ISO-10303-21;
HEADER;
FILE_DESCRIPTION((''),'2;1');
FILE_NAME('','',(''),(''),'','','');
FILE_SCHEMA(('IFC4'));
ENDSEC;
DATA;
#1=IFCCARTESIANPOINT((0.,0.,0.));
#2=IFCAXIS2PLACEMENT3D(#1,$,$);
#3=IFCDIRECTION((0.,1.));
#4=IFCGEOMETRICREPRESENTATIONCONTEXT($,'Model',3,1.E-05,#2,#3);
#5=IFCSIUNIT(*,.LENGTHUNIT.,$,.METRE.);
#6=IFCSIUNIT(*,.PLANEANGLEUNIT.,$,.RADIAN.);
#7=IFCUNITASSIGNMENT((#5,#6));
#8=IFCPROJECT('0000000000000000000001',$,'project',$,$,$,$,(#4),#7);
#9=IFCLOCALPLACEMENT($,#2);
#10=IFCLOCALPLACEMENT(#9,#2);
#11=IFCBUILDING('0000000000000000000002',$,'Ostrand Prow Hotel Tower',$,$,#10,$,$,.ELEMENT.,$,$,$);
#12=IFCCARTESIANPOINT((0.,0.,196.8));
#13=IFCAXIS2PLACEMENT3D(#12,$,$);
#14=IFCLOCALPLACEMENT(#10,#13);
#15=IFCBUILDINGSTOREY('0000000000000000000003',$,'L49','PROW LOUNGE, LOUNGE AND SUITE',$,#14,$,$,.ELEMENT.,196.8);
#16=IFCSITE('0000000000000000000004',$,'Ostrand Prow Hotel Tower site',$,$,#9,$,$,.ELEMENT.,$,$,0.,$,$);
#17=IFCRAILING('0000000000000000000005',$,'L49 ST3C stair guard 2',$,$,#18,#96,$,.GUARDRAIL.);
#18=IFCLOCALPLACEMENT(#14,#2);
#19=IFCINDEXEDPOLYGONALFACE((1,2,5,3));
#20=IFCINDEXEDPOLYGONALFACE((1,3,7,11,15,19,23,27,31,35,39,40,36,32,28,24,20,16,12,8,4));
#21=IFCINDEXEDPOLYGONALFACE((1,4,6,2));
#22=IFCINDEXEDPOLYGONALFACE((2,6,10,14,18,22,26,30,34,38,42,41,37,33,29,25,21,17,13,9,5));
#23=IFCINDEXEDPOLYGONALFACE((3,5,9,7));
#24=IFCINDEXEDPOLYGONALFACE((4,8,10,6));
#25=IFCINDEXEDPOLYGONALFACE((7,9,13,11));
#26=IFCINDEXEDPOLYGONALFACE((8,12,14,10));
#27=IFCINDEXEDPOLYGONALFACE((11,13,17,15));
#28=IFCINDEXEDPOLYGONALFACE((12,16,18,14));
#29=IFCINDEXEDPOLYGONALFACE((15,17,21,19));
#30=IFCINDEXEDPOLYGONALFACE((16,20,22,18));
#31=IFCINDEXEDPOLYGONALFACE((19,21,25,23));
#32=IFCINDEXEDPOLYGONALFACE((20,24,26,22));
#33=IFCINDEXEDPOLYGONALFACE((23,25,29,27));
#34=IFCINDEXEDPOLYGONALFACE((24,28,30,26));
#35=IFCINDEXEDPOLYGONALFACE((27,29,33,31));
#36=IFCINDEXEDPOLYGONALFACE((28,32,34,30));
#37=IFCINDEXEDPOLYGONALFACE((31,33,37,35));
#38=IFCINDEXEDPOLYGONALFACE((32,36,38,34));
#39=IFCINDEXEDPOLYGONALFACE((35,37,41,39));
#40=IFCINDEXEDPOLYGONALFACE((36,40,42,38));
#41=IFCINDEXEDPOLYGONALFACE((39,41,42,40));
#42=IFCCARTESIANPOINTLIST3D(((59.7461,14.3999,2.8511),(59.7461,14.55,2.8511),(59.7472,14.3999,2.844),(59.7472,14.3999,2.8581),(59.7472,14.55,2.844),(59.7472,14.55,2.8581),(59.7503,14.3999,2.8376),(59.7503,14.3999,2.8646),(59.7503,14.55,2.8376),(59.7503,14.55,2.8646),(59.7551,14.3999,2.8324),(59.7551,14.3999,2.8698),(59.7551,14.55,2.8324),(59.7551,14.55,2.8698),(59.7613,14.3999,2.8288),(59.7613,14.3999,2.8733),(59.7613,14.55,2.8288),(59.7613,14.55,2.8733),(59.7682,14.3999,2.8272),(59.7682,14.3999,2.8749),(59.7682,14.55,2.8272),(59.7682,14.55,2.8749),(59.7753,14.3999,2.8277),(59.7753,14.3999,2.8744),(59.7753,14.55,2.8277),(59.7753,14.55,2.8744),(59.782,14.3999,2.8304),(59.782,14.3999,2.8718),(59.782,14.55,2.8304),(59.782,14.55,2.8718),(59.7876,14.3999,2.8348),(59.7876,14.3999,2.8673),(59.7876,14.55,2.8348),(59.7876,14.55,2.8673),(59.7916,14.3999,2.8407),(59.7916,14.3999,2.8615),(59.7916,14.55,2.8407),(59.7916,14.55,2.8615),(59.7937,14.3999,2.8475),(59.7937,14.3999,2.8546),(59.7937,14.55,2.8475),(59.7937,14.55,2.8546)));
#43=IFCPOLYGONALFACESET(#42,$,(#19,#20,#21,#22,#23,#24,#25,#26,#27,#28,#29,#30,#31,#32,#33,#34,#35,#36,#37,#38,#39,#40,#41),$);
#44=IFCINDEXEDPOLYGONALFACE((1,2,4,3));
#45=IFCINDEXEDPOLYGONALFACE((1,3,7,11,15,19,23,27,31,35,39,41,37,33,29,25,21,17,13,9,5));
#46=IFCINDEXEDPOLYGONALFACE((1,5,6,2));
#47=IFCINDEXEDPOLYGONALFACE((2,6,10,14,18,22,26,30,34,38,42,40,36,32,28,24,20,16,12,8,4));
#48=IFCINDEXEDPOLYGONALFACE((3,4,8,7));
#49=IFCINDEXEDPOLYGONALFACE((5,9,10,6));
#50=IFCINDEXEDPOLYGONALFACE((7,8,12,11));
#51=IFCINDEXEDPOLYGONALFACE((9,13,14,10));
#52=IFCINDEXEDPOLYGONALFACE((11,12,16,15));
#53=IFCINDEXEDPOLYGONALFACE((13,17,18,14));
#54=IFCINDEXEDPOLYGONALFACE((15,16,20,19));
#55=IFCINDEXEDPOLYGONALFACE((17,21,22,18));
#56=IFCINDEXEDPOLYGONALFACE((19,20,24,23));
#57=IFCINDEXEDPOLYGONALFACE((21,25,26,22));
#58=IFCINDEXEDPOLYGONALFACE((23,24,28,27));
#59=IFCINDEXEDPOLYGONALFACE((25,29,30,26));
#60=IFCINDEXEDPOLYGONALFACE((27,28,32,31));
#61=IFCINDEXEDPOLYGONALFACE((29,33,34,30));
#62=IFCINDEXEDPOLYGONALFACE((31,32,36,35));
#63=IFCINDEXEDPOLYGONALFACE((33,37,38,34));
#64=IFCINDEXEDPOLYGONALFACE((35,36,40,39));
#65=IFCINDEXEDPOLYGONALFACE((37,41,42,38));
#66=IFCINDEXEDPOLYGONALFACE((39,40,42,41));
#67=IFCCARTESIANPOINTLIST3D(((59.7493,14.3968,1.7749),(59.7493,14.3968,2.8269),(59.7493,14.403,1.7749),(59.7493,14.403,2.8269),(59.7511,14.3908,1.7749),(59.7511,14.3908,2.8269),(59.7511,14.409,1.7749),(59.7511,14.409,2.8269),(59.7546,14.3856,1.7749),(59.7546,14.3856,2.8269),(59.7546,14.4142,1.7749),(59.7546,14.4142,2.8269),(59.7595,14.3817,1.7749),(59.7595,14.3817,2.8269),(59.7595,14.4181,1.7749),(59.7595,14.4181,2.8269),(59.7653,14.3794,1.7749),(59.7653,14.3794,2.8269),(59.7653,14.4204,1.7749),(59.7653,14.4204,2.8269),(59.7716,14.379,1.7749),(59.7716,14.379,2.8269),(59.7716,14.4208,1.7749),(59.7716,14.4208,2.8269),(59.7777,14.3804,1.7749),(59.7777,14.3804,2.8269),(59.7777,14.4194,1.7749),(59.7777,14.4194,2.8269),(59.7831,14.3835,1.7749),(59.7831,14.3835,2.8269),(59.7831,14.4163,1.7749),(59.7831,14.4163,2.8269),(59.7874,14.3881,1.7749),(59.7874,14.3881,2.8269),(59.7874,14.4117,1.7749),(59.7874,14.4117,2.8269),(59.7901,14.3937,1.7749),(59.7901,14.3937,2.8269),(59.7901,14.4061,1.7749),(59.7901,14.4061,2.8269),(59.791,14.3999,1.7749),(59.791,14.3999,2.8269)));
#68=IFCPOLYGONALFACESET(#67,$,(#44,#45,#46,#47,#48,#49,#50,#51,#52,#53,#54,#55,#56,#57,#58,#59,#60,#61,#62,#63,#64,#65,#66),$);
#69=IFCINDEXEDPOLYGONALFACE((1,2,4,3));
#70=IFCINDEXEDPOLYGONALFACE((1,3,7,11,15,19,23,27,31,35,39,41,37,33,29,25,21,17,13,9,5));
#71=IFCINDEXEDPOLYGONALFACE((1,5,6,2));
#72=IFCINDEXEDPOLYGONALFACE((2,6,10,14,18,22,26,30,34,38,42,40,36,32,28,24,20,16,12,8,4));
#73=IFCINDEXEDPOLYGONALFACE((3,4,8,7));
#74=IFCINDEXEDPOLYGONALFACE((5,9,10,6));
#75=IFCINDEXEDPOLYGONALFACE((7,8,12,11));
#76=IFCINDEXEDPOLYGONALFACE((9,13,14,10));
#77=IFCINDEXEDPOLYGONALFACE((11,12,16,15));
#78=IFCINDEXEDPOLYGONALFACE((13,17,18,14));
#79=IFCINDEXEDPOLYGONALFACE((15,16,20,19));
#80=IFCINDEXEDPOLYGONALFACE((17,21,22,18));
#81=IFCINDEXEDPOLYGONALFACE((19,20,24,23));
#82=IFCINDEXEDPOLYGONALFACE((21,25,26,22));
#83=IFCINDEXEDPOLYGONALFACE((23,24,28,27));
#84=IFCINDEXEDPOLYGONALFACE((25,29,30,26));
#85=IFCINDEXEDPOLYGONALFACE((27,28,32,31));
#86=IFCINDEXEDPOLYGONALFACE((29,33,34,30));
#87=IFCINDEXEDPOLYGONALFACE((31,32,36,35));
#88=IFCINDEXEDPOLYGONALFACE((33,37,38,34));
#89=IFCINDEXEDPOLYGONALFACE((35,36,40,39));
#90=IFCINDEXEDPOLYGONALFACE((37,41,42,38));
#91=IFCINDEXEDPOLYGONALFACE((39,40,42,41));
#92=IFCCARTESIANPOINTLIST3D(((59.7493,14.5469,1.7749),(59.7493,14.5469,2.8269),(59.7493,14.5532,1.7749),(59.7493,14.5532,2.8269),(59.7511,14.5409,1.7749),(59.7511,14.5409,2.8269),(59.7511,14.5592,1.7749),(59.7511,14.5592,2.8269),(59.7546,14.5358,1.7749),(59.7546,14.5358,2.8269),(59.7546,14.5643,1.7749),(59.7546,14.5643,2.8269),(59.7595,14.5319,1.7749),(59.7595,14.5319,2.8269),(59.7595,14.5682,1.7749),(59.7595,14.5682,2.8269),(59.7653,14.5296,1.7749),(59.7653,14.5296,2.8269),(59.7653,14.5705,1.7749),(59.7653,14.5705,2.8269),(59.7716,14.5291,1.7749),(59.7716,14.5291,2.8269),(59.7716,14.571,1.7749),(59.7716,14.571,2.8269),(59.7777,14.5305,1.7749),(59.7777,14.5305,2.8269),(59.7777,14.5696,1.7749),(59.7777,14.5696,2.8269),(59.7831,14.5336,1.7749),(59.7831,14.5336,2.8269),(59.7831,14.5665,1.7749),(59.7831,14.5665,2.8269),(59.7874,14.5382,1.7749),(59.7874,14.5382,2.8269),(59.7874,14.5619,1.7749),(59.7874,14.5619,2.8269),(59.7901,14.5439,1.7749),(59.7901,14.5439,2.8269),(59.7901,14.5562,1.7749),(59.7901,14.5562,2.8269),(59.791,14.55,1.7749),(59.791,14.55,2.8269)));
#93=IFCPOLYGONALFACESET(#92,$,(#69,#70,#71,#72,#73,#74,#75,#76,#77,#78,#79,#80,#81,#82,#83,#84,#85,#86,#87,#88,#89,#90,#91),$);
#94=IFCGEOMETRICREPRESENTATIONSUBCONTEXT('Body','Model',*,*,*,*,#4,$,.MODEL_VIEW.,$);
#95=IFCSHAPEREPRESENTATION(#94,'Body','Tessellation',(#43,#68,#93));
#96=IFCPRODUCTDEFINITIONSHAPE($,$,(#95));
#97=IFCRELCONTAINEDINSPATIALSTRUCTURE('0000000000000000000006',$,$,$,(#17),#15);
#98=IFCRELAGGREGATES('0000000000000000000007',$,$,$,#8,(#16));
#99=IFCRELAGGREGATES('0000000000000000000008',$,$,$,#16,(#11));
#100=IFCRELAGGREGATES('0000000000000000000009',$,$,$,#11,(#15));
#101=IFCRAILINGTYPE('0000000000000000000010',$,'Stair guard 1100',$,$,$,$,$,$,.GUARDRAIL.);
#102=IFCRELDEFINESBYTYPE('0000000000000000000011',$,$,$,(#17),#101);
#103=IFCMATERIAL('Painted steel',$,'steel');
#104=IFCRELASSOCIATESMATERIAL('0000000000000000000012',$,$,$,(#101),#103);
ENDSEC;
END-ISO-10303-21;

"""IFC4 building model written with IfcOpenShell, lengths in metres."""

from ifc_helpers import new_model, si_unit, direction, frame, origin, origin_2d, place, context, subcontext, project, spatial, circle, extrude, material, type_object, element, save


model = new_model("IFC4")

# Units and contexts
model_context = context("Model", 3, precision=1e-05, world=origin(), true_north=direction((0.0, 1.0)))
body_context = subcontext(model_context, "Body", "Model", "MODEL_VIEW")
ifc_project = project(units=[si_unit("LENGTHUNIT", "METRE"), si_unit("PLANEANGLEUNIT", "RADIAN")], contexts=[model_context])

# Site, building, storey
site_placement = place(None, origin())
site = spatial("IfcSite", under=ifc_project, at=site_placement, Name="Ostrand Prow Hotel Tower site", CompositionType="ELEMENT", RefElevation=0.0)
building_placement = place(site_placement, origin())
building = spatial("IfcBuilding", under=site, at=building_placement, Name="Ostrand Prow Hotel Tower", CompositionType="ELEMENT")
storey_placement = place(building_placement, frame((0.0, 0.0, 196.8)))
storey = spatial("IfcBuildingStorey", under=building, at=storey_placement, Name="L49", Description="PROW LOUNGE, LOUNGE AND SUITE", CompositionType="ELEMENT", Elevation=196.8)

# Railing
ifc_material_1 = material(Name="Painted steel", Category="steel")
railing_type_1 = type_object("IfcRailingType", Name="Stair guard 1100", PredefinedType="GUARDRAIL", material=ifc_material_1)
railing_1_placement = place(storey_placement, frame((59.77, 14.3999, 1.7749)))
element("IfcRailing", 1, at=railing_1_placement, inside=storey, type_object=railing_type_1, Name="L49 ST3C stair guard 2", PredefinedType="GUARDRAIL", context=body_context, shape_type="SweptSolid", body=[
    extrude(circle(Radius=0.0239, at=origin_2d()), frame((0.0, 0.0, 1.0762), z_axis=(0.0, 1.0, 0.0), x_axis=(-1.0, 0.0, 0.0)), (0.0, 0.0, 1.0), 0.1501),
    extrude(circle(Radius=0.021, at=origin_2d()), origin(), (0.0, 0.0, 1.0), 1.052),
    extrude(circle(Radius=0.021, at=origin_2d()), frame((0.0, 0.1501, 0.0)), (0.0, 0.0, 1.0), 1.052),
])

save(model, "model.ifc")
